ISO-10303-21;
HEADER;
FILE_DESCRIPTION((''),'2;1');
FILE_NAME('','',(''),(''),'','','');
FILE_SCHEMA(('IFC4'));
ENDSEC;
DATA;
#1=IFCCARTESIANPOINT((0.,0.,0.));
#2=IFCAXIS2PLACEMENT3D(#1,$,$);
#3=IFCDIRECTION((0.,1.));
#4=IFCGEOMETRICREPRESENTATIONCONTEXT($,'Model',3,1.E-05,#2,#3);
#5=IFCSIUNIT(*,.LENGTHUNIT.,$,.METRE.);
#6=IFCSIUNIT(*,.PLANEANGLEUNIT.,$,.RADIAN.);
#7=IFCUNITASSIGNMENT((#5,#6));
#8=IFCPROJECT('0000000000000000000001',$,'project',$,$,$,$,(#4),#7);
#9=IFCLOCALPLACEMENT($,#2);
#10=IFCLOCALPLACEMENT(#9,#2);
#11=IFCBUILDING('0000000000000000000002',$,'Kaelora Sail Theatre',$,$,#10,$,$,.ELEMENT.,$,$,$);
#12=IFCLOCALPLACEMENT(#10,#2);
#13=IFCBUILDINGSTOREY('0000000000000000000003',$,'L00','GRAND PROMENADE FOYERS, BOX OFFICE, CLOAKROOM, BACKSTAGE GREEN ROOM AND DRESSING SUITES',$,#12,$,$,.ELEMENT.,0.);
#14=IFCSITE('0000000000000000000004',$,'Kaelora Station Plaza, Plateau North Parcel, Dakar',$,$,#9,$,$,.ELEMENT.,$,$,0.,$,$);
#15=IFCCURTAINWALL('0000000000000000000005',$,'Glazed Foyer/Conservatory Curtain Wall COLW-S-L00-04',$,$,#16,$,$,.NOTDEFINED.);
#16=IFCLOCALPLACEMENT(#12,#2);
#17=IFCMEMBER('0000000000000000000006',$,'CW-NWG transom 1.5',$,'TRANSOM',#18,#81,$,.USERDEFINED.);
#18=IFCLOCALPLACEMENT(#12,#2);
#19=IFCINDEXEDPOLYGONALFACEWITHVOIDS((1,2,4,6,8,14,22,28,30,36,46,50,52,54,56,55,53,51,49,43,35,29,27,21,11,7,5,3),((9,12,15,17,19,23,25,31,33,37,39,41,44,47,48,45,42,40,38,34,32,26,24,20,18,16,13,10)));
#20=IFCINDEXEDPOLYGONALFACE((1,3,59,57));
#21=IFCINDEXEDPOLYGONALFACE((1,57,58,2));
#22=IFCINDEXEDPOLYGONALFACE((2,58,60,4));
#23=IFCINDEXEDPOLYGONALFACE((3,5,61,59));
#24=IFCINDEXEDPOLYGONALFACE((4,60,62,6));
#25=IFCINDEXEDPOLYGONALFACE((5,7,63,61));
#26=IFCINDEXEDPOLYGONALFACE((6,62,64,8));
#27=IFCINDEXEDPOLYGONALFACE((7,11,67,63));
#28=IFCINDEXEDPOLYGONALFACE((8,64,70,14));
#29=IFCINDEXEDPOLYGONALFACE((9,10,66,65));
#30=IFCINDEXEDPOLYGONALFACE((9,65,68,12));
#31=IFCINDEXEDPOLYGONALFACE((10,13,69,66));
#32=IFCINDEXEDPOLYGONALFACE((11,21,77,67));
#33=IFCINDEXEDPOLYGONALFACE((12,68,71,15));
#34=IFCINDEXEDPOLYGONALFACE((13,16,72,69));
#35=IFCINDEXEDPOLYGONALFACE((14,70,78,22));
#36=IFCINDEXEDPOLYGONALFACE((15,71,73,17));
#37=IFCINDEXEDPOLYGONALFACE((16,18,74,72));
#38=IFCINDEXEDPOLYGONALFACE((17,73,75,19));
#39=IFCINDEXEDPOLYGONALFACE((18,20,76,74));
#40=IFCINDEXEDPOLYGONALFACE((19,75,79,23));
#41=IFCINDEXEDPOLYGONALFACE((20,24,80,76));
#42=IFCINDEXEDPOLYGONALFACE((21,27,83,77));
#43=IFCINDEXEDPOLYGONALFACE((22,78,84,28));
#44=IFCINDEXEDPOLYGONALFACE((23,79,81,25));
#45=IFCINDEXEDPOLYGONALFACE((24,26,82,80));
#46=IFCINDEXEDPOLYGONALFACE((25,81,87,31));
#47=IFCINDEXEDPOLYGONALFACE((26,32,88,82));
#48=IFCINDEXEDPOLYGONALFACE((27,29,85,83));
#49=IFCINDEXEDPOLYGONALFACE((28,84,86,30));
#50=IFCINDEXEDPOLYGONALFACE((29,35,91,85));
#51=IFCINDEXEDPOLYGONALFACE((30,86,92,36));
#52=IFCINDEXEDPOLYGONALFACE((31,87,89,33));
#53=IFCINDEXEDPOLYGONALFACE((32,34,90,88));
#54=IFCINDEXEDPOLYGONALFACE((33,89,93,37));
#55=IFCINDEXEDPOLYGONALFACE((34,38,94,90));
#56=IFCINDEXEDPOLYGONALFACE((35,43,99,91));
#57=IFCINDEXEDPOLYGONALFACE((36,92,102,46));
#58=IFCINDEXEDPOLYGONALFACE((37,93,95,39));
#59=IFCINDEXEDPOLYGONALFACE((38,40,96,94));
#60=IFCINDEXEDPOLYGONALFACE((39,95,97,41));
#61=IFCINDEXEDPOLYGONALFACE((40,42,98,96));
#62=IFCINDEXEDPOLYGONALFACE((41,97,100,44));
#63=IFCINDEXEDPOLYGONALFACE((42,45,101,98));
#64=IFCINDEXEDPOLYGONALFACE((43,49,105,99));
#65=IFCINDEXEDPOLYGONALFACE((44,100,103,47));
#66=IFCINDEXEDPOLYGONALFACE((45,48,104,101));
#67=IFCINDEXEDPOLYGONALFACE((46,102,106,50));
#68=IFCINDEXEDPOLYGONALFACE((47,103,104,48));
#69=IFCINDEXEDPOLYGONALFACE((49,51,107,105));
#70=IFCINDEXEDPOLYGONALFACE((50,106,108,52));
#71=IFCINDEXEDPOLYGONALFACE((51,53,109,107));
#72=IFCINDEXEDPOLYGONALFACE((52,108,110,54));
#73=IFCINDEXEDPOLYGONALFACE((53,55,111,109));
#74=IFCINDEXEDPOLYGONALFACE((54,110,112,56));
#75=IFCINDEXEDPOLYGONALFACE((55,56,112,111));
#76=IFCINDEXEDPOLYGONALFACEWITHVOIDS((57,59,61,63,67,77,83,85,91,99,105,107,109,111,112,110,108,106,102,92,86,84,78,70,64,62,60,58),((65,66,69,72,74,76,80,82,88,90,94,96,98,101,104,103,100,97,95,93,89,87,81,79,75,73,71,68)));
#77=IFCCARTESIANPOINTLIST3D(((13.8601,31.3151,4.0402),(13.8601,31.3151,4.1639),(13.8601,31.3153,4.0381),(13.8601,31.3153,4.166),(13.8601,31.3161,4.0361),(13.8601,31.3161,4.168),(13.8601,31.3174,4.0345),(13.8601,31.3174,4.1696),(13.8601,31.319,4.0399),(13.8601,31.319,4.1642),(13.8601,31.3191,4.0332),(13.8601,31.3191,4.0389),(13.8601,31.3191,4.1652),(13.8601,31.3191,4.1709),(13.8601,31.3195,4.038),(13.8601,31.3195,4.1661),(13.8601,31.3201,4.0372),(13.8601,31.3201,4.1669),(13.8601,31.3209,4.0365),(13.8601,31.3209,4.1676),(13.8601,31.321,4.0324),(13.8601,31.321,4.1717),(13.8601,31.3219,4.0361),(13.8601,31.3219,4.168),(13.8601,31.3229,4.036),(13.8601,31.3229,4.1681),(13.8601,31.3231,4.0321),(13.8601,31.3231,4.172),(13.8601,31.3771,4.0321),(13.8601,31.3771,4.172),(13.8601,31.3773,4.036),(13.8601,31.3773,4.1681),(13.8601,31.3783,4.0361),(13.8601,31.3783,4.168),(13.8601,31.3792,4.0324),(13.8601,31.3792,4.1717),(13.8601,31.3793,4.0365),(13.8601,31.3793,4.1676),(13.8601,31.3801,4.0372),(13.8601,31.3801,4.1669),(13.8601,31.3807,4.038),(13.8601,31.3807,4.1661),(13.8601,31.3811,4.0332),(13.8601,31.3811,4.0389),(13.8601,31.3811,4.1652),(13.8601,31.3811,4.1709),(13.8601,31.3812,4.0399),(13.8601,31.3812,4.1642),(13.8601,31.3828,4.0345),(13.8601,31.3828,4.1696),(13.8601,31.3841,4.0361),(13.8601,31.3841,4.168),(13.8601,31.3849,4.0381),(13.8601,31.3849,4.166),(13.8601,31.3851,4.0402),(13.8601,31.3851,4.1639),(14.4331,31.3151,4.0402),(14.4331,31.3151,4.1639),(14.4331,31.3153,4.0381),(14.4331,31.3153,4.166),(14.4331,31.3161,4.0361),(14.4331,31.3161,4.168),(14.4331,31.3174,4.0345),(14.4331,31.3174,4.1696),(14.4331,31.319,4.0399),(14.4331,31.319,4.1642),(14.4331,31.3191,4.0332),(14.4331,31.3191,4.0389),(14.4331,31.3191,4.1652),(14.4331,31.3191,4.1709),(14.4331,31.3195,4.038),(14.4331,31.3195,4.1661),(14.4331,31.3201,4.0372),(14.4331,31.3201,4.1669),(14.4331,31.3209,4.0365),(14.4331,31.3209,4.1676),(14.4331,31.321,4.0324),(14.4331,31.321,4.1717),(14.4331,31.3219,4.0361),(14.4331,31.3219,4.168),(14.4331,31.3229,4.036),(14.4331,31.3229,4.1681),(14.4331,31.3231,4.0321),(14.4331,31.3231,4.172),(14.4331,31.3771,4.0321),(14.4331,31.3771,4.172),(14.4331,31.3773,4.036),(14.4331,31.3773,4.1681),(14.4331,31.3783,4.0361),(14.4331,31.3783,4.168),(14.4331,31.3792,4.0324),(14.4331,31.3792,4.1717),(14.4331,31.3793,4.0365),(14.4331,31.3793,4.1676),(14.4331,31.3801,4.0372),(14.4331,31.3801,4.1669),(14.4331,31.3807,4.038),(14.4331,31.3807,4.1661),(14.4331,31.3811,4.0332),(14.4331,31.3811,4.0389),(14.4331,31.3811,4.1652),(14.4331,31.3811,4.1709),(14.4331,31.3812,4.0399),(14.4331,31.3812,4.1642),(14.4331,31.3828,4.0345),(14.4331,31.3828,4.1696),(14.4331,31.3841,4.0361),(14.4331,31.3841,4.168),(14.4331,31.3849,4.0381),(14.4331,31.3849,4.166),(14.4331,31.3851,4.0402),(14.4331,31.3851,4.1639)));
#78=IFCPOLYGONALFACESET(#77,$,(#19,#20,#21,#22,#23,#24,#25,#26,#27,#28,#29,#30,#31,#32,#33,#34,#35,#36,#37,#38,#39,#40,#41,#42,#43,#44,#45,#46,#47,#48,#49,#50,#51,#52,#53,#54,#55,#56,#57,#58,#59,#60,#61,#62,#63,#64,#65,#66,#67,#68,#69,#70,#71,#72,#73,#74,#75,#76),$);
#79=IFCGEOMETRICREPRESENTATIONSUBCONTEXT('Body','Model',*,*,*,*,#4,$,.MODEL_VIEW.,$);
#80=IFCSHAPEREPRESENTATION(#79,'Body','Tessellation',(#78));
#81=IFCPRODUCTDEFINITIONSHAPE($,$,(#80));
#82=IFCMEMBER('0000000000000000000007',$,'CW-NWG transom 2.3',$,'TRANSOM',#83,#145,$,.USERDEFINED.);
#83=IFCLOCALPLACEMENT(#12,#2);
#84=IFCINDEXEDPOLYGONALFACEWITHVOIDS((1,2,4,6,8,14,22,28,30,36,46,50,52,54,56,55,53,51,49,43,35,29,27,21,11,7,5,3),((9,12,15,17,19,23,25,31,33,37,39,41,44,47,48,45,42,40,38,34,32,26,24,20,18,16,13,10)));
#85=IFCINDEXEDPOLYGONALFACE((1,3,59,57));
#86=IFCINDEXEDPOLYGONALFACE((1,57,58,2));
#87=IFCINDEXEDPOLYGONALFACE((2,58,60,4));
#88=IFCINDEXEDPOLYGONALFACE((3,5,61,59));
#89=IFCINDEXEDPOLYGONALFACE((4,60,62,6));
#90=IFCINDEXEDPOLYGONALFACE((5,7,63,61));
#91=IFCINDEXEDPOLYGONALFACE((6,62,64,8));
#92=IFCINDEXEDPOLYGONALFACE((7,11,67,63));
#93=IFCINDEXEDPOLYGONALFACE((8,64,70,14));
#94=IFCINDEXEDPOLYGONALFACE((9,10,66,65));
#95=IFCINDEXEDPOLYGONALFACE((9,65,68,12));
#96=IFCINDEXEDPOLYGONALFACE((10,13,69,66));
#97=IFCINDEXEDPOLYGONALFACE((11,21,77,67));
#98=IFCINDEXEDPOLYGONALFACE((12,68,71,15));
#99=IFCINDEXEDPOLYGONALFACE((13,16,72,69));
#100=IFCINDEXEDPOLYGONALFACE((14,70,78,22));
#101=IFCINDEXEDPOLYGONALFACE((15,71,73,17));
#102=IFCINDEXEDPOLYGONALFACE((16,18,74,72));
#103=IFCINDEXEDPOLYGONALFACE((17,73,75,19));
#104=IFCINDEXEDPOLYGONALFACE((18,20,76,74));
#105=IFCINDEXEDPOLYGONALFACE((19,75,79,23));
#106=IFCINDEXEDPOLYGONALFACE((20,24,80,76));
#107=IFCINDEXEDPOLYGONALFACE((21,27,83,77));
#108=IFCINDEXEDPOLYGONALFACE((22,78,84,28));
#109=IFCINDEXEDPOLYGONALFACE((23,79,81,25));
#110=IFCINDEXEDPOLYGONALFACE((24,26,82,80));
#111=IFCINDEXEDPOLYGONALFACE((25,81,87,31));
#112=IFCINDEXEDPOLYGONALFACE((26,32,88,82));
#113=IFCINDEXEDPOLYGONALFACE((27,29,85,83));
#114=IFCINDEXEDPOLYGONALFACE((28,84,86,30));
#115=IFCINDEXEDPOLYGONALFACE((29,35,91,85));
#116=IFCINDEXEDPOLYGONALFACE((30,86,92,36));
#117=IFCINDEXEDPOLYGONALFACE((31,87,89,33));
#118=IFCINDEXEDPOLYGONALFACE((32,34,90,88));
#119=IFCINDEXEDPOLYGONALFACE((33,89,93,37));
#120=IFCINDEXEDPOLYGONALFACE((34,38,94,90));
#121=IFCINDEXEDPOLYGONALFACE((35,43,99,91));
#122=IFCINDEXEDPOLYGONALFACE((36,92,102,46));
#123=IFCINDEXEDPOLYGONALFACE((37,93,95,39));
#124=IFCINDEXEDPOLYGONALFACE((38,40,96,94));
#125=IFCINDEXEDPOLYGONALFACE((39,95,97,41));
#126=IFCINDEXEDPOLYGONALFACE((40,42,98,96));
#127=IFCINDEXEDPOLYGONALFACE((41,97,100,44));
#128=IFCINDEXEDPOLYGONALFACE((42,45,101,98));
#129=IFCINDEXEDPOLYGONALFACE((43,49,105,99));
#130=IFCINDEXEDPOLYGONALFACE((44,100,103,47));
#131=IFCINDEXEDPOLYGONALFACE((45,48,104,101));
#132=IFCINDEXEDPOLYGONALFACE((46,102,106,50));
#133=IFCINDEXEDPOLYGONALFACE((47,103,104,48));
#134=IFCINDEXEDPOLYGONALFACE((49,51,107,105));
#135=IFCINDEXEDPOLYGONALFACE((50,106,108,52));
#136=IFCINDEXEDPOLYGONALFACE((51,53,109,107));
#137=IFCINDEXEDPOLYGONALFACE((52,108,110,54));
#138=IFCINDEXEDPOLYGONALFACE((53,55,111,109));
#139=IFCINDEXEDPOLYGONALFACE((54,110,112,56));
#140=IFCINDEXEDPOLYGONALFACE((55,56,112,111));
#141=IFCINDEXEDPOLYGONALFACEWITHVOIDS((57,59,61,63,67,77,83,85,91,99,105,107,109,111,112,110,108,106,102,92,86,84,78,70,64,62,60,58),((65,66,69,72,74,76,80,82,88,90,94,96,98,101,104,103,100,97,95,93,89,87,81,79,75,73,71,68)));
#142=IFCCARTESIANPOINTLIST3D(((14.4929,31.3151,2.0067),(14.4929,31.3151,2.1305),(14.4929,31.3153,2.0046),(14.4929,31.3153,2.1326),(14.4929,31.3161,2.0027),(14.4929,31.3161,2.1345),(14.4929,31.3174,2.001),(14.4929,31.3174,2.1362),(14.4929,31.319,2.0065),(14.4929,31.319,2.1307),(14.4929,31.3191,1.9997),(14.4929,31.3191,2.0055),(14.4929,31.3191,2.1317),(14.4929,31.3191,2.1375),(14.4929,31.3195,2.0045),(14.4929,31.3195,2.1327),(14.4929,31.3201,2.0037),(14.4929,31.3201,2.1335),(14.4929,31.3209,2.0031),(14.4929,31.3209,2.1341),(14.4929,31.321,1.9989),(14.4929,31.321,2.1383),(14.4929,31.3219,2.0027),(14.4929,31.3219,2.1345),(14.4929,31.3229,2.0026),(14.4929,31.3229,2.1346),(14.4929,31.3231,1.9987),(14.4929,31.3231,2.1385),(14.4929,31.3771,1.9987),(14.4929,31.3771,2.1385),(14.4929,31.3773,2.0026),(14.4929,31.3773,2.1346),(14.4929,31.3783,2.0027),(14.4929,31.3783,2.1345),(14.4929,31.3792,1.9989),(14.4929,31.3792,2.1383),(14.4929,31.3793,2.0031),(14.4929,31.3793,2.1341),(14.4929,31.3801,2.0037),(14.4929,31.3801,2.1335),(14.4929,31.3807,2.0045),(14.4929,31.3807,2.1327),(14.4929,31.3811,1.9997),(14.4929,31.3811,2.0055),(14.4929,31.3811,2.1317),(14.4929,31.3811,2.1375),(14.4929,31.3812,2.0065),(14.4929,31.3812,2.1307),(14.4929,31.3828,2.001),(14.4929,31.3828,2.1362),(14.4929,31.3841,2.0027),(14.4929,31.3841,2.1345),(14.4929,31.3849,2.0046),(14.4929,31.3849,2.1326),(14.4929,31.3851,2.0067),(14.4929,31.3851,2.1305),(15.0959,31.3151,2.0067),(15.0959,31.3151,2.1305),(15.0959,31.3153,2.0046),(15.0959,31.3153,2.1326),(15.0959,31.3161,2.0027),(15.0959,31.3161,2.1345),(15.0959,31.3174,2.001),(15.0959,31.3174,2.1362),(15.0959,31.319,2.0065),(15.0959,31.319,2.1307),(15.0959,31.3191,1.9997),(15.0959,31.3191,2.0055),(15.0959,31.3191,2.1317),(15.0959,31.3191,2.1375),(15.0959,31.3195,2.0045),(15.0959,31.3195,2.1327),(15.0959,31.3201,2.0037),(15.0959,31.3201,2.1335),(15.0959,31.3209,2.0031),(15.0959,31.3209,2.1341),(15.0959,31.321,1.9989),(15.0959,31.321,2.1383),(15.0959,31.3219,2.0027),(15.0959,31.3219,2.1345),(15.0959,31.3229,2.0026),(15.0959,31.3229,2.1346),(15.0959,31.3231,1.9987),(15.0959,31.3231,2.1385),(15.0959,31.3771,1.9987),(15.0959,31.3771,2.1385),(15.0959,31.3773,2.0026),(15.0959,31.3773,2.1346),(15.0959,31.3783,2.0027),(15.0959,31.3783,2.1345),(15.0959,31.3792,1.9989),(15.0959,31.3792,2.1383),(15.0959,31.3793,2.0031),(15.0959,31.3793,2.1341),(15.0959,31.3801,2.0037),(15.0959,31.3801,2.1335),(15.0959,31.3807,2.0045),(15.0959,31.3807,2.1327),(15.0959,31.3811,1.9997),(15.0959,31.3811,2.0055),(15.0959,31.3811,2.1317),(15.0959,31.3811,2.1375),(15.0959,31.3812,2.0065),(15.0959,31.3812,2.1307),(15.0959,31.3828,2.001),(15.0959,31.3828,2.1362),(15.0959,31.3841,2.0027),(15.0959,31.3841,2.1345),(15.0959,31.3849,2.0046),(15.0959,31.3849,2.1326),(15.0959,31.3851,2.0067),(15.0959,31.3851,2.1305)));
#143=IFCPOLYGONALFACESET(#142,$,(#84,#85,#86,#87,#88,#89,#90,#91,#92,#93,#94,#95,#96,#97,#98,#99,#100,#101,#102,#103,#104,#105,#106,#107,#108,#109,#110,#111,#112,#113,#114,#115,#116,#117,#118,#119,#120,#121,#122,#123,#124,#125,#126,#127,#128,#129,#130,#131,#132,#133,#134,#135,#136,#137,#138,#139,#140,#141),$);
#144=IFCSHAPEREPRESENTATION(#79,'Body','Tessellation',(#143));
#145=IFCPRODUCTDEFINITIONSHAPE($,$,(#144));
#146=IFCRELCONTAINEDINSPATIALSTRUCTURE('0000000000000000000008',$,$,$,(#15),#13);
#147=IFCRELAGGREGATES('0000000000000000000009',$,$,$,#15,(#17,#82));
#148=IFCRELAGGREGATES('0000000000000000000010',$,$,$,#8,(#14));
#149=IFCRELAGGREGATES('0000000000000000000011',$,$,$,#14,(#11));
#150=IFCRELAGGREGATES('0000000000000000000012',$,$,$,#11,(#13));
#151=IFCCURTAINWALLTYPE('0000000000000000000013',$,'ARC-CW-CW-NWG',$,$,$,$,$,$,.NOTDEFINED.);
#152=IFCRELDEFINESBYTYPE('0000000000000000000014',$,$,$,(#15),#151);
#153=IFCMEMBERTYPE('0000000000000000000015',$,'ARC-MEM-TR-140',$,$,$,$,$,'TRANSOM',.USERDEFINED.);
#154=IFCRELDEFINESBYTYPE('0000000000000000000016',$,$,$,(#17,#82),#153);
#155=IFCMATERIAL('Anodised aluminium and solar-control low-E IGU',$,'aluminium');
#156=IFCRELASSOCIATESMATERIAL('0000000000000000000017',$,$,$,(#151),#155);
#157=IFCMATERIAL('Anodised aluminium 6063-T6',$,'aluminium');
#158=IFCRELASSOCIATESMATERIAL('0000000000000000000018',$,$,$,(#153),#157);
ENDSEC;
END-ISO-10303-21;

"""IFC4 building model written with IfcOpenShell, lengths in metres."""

from ifc_helpers import new_model, si_unit, direction, frame, origin, origin_2d, place, context, subcontext, project, spatial, hollow_rectangle, extrude, material, material_profile, profile_set, type_object, element, aggregate, save


model = new_model("IFC4")

# Units and contexts
model_context = context("Model", 3, precision=1e-05, world=origin(), true_north=direction((0.0, 1.0)))
body_context = subcontext(model_context, "Body", "Model", "MODEL_VIEW")
ifc_project = project(units=[si_unit("LENGTHUNIT", "METRE"), si_unit("PLANEANGLEUNIT", "RADIAN")], contexts=[model_context])

# Site, building, storey
site_placement = place(None, origin())
site = spatial("IfcSite", under=ifc_project, at=site_placement, Name="Kaelora Station Plaza, Plateau North Parcel, Dakar", CompositionType="ELEMENT", RefElevation=0.0)
building_placement = place(site_placement, origin())
building = spatial("IfcBuilding", under=site, at=building_placement, Name="Kaelora Sail Theatre", CompositionType="ELEMENT")
storey_placement = place(building_placement, origin())
storey = spatial("IfcBuildingStorey", under=building, at=storey_placement, Name="L00", Description="GRAND PROMENADE FOYERS, BOX OFFICE, CLOAKROOM, BACKSTAGE GREEN ROOM AND DRESSING SUITES", CompositionType="ELEMENT", Elevation=0.0)

# Curtain wall, members
ifc_material_1 = material(Name="Anodised aluminium and solar-control low-E IGU", Category="aluminium")
curtain_wall_type = type_object("IfcCurtainWallType", Name="ARC-CW-CW-NWG", PredefinedType="NOTDEFINED", material=ifc_material_1)
ifc_material_2 = material(Name="Anodised aluminium 6063-T6", Category="aluminium")
ifc_material_profile = material_profile(ifc_material_2, hollow_rectangle(XDim=0.0701, YDim=0.1399, WallThickness=0.0039, InnerFilletRadius=0.0039, OuterFilletRadius=0.0081, at=origin_2d()), Name="ALU-TRAN 70x140x4")
ifc_profile_set = profile_set([ifc_material_profile], Name="Anodised aluminium 6063-T6")
member_type = type_object("IfcMemberType", Name="ARC-MEM-TR-140", ElementType="TRANSOM", PredefinedType="USERDEFINED", material=ifc_profile_set)
curtain_wall_1_placement = place(storey_placement, origin())
curtain_wall_1 = element("IfcCurtainWall", 1, at=curtain_wall_1_placement, inside=storey, type_object=curtain_wall_type, Name="Glazed Foyer/Conservatory Curtain Wall COLW-S-L00-04", PredefinedType="NOTDEFINED")
member_1_placement = place(storey_placement, frame((13.8601, 31.3501, 4.1021), z_axis=(1.0, 0.0, 0.0), x_axis=(0.0, 1.0, 0.0)))
member_1 = element("IfcMember", 2, at=member_1_placement, type_object=member_type, Name="CW-NWG transom 1.5", ObjectType="TRANSOM", PredefinedType="USERDEFINED", context=body_context, shape_type="SweptSolid", body=[
    extrude(hollow_rectangle(XDim=0.0701, YDim=0.1399, WallThickness=0.0039, InnerFilletRadius=0.0039, OuterFilletRadius=0.0081, at=origin_2d()), origin(), (0.0, 0.0, 1.0), 0.573),
])
member_2_placement = place(storey_placement, frame((14.4929, 31.3501, 2.0686), z_axis=(1.0, 0.0, 0.0), x_axis=(0.0, 1.0, 0.0)))
member_2 = element("IfcMember", 3, at=member_2_placement, type_object=member_type, Name="CW-NWG transom 2.3", ObjectType="TRANSOM", PredefinedType="USERDEFINED", context=body_context, shape_type="SweptSolid", body=[
    extrude(hollow_rectangle(XDim=0.0701, YDim=0.1399, WallThickness=0.0039, InnerFilletRadius=0.0039, OuterFilletRadius=0.0081, at=origin_2d()), origin(), (0.0, 0.0, 1.0), 0.603),
])

aggregate(curtain_wall_1, [member_1, member_2])

save(model, "model.ifc")
